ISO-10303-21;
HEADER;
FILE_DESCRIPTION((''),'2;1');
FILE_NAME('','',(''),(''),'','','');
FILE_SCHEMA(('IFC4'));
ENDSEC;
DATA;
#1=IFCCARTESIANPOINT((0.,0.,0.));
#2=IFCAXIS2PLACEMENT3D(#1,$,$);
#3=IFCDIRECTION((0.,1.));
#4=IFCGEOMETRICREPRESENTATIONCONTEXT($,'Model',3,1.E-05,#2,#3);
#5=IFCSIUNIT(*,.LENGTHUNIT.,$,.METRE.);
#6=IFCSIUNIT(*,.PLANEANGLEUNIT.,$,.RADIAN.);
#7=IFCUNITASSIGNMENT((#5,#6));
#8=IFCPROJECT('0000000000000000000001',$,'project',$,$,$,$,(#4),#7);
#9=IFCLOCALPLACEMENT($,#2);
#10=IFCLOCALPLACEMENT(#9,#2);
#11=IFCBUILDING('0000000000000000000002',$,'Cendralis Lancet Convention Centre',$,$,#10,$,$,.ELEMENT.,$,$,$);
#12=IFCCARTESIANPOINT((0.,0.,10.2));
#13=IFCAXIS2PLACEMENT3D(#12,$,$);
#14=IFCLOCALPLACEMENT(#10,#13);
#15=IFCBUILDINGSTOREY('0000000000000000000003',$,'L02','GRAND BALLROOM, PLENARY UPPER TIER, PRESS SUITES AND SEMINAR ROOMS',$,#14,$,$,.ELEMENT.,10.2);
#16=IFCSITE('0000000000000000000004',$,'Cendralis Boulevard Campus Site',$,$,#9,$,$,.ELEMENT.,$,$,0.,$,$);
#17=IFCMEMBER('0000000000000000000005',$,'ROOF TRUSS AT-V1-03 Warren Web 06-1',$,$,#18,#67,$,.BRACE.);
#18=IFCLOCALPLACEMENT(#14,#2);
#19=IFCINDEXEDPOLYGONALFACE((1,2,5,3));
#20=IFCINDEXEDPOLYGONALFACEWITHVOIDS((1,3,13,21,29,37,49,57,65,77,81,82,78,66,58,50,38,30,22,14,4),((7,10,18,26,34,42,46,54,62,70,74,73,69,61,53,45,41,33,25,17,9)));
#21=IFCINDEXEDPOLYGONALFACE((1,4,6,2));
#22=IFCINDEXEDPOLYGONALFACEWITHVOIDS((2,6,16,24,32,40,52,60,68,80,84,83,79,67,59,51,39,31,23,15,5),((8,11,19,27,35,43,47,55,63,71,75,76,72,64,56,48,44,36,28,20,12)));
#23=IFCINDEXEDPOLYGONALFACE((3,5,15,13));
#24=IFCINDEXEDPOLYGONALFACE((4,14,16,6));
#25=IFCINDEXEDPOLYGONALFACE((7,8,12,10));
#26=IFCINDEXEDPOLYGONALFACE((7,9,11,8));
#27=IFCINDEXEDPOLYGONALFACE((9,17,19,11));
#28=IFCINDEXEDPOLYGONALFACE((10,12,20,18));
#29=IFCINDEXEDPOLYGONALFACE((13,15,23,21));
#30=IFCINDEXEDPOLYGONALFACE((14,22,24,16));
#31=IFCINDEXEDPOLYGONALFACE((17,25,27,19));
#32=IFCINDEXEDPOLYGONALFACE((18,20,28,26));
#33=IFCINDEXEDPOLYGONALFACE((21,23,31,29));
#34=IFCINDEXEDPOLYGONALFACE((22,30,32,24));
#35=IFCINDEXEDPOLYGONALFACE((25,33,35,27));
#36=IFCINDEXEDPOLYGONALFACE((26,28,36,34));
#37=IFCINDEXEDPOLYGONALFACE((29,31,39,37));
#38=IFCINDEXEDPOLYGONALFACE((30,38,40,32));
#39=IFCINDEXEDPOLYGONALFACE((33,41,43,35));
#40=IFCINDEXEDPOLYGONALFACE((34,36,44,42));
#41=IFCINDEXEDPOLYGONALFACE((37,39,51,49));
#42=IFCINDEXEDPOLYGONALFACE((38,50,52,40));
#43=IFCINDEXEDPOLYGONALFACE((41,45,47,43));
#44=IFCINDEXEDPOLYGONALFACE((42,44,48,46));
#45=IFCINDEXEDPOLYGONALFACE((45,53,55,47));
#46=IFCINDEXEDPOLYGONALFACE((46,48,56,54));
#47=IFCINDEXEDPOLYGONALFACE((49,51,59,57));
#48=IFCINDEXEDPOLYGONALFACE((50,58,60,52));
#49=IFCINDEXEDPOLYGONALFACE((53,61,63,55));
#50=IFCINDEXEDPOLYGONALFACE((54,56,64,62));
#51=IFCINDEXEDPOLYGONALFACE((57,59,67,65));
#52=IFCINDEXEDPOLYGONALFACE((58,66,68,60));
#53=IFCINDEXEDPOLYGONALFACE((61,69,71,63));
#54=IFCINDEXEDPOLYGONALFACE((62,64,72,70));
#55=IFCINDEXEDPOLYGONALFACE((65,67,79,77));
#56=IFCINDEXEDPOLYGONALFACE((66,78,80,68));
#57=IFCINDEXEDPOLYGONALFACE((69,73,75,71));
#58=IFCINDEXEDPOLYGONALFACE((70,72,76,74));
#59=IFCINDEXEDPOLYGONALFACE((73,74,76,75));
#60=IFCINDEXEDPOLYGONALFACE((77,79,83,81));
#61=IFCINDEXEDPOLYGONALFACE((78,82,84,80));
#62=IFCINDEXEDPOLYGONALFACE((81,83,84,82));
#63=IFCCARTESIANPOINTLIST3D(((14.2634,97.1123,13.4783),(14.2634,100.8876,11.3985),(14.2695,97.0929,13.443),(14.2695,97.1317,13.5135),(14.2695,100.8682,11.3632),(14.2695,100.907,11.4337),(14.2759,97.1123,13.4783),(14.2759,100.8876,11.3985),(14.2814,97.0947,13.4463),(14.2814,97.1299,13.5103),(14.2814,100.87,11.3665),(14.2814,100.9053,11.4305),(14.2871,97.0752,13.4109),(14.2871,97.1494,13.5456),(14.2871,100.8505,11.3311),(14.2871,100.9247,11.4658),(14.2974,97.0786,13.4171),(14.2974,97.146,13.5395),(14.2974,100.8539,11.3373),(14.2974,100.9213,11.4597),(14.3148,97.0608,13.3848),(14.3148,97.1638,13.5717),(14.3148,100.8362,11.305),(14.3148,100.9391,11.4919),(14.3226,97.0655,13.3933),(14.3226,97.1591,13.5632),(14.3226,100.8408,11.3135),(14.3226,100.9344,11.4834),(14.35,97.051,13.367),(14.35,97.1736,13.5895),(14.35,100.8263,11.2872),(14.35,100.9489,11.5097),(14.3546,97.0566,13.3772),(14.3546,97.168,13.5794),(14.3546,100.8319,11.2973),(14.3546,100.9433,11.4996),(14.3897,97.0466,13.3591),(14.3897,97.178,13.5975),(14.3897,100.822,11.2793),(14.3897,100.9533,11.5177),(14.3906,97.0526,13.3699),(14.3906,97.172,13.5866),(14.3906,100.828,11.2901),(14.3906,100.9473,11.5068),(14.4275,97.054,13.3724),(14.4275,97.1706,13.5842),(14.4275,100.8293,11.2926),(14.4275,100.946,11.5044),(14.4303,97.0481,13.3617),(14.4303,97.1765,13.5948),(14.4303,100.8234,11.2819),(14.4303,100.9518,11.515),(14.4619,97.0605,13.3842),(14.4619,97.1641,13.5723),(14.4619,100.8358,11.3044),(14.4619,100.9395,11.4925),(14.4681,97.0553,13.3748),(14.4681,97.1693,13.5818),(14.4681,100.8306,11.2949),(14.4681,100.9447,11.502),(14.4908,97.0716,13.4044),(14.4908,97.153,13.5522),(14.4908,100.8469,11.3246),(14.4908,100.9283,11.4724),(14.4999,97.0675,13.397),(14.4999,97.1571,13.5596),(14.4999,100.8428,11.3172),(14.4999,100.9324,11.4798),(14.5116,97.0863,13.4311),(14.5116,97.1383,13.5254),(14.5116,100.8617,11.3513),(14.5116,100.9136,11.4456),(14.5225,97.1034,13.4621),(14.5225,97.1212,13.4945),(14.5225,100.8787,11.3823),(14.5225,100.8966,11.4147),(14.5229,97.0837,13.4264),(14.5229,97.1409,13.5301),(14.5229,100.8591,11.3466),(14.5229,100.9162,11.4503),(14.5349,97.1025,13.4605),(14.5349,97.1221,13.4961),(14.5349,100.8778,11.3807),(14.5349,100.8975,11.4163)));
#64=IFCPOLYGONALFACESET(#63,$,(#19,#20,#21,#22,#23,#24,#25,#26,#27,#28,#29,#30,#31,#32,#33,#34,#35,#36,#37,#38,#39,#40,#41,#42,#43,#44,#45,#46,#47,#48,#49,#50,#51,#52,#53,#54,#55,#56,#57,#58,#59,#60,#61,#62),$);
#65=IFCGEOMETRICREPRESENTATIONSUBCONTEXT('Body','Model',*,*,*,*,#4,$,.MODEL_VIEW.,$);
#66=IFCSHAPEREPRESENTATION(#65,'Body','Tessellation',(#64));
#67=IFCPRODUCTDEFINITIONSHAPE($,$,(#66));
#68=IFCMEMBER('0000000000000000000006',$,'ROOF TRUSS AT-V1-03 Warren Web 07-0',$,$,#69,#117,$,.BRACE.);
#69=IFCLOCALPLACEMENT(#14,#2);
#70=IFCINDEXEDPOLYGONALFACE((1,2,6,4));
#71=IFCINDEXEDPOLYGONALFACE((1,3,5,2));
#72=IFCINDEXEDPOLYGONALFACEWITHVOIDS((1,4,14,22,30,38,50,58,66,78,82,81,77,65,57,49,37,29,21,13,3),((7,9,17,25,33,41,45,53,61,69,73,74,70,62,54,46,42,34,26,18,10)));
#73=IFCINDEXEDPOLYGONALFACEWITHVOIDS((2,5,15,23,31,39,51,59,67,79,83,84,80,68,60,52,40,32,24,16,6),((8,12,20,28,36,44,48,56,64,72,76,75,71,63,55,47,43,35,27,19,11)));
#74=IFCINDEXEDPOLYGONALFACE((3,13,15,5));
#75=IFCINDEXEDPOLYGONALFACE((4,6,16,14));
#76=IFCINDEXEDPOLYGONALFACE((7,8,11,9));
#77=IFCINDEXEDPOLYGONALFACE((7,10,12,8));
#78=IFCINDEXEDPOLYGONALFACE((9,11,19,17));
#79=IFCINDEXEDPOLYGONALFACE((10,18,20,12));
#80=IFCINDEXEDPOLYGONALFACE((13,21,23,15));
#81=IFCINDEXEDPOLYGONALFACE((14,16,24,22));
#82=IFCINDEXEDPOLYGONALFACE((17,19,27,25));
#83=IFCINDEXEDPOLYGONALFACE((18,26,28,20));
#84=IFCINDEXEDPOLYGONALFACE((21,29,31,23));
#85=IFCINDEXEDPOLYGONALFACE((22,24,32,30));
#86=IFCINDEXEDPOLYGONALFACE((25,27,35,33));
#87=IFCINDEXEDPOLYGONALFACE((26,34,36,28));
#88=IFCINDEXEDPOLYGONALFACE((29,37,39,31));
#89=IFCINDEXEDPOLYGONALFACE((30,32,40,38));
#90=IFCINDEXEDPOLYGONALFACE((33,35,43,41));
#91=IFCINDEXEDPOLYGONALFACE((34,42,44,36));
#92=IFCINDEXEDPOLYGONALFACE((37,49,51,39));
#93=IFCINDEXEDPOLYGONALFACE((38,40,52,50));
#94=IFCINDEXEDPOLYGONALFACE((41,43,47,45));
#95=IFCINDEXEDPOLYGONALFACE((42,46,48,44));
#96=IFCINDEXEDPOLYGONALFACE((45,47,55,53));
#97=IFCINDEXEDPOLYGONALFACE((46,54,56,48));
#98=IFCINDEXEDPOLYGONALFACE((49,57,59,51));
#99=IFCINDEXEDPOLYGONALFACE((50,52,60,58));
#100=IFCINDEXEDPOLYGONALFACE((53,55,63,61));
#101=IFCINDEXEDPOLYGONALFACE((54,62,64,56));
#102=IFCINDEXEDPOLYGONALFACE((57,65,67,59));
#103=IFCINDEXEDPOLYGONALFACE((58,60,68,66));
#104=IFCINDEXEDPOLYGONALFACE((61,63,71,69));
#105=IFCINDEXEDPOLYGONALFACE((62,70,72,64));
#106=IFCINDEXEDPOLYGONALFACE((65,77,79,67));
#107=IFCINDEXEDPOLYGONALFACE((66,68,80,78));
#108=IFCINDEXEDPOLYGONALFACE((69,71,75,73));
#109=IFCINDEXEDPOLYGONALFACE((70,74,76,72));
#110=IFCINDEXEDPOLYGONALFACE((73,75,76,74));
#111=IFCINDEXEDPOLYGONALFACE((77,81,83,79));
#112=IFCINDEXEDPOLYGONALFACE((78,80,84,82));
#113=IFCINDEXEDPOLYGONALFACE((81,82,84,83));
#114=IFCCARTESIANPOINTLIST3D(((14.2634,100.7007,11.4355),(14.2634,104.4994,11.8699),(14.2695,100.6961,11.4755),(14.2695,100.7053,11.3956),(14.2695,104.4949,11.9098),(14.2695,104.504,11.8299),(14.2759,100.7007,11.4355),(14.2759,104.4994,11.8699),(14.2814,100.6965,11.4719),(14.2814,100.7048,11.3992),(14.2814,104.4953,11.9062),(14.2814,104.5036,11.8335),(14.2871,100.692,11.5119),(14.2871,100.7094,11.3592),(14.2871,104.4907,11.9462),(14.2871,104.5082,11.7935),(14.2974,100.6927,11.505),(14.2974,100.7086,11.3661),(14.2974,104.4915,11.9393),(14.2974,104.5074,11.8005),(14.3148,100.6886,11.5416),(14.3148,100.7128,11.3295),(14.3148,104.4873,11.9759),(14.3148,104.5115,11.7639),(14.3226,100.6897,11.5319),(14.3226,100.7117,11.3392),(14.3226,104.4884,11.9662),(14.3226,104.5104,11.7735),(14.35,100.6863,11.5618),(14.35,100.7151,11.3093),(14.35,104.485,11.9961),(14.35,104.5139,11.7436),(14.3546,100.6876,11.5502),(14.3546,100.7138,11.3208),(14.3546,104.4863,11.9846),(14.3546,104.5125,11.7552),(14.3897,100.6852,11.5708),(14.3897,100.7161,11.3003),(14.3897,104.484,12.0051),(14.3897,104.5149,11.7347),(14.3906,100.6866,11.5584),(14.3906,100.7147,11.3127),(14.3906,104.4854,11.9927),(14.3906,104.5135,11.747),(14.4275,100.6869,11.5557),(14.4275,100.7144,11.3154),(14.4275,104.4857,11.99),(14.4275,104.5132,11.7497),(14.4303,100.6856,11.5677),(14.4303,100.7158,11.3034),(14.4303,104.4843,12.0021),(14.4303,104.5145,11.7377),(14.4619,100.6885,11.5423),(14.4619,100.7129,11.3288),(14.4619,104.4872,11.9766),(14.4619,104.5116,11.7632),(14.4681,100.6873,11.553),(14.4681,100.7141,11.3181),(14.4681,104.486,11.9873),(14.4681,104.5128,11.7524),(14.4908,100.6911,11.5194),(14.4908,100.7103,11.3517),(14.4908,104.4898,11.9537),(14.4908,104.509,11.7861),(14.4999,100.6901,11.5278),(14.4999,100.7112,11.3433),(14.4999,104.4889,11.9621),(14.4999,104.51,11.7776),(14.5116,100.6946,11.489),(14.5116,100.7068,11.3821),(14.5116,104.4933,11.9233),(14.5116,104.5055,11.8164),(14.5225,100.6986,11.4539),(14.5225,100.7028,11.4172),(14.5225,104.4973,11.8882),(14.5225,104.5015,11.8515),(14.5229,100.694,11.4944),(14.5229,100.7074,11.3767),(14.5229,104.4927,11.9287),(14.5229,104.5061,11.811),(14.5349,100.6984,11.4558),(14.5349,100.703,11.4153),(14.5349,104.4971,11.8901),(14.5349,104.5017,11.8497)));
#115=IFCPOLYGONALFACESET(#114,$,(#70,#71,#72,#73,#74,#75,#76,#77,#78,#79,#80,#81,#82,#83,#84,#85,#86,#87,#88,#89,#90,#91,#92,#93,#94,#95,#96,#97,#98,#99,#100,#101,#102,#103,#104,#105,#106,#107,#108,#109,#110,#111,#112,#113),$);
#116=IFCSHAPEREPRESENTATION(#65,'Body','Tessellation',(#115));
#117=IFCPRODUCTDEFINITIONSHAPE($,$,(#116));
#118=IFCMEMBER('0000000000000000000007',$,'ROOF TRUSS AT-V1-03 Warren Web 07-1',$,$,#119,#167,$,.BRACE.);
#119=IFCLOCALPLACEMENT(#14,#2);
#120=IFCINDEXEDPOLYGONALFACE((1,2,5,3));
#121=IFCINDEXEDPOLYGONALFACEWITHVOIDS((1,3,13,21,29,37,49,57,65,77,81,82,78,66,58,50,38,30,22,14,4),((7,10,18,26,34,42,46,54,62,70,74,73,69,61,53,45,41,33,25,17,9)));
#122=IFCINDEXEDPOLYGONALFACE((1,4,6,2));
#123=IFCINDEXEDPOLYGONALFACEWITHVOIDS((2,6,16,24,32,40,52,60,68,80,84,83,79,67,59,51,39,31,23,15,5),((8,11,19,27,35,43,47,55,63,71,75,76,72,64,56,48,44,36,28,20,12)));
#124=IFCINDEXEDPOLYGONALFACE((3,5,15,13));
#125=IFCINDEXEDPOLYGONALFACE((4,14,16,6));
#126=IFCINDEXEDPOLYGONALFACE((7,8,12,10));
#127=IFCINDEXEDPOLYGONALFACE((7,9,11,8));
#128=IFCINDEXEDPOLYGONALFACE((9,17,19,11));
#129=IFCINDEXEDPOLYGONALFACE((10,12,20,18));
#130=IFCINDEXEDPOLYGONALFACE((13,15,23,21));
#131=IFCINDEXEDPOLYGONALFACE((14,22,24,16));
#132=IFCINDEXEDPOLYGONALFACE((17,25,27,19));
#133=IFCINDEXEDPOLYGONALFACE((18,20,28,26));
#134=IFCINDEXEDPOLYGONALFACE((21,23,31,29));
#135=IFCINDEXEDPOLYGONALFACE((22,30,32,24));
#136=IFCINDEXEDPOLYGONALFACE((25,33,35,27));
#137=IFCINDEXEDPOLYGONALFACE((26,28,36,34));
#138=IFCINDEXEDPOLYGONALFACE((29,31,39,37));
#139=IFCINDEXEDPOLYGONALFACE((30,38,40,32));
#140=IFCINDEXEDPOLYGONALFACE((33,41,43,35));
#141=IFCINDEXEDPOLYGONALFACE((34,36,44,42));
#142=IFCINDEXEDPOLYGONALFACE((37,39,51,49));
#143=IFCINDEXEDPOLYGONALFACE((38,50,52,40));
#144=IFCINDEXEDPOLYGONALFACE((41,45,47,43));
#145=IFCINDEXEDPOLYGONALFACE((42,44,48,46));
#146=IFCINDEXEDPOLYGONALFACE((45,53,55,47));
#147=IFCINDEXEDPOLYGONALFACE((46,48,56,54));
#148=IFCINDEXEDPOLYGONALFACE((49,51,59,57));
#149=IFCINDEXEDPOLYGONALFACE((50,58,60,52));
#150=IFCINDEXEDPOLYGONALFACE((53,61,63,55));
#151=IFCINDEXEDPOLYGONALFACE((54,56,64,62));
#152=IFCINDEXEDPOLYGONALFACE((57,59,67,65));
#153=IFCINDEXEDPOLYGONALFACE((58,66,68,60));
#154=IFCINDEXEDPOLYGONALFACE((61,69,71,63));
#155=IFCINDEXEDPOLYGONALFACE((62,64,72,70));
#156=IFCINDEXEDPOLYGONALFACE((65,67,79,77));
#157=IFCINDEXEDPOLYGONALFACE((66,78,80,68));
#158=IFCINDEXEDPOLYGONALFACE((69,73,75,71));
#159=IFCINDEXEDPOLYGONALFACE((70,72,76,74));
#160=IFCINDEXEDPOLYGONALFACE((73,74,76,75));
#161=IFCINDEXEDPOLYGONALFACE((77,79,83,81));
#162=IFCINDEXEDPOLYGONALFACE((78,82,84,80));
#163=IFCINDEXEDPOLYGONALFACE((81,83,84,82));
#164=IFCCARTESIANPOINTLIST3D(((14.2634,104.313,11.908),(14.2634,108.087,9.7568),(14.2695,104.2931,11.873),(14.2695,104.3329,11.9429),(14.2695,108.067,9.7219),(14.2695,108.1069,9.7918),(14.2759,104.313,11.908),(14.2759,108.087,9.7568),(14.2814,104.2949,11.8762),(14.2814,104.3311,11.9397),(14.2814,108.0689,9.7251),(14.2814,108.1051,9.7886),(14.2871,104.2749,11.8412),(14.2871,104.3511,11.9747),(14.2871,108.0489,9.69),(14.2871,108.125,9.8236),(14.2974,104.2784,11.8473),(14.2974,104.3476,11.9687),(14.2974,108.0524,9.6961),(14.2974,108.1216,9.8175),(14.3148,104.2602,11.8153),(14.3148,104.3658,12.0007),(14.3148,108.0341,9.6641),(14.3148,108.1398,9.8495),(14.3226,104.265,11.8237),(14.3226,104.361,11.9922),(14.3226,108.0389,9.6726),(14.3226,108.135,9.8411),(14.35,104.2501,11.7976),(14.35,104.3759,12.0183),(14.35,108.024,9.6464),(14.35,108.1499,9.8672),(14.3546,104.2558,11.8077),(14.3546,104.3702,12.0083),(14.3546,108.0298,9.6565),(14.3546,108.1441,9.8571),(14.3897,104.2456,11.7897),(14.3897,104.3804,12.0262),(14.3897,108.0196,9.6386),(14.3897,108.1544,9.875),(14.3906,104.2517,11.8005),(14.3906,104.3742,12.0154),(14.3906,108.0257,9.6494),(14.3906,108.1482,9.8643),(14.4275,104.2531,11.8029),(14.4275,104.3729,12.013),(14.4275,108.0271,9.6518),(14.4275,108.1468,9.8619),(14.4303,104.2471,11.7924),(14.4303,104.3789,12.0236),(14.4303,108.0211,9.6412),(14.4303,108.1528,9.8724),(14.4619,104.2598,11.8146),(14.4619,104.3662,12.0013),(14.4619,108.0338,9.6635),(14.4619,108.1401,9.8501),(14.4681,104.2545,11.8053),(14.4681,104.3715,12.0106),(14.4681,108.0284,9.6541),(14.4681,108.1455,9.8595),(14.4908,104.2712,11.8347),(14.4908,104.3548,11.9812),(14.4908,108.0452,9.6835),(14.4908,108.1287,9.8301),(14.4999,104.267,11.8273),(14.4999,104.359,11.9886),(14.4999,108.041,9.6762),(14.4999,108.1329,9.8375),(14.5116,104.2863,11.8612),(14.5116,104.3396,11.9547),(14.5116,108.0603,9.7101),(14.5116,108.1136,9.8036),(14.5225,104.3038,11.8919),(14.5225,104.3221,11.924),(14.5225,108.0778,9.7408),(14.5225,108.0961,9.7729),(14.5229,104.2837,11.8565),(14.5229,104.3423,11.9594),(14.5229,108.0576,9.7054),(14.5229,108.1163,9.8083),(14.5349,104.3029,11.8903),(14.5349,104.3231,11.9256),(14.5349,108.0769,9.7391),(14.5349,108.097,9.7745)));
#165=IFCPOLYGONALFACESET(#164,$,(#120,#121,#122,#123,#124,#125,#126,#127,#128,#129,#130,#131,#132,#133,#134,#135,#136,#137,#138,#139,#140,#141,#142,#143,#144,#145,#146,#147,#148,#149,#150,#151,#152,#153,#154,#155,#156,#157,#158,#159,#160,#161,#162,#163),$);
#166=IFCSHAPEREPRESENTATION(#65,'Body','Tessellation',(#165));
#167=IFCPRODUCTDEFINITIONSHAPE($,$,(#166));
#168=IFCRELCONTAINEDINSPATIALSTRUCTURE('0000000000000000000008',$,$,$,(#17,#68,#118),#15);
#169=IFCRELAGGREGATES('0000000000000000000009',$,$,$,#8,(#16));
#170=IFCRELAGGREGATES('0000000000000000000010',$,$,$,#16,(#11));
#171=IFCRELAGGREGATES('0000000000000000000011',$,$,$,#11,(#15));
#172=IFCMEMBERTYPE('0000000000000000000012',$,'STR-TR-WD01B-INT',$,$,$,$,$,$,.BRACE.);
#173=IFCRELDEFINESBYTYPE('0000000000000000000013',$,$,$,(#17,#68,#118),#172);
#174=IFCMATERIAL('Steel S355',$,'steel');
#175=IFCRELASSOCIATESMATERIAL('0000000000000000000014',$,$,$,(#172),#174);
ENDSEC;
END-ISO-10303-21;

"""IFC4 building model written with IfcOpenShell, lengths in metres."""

from ifc_helpers import new_model, si_unit, direction, frame, origin, origin_2d, place, context, subcontext, project, spatial, hollow_circle, extrude, material, material_profile, profile_set, type_object, element, save


model = new_model("IFC4")

# Units and contexts
model_context = context("Model", 3, precision=1e-05, world=origin(), true_north=direction((0.0, 1.0)))
body_context = subcontext(model_context, "Body", "Model", "MODEL_VIEW")
ifc_project = project(units=[si_unit("LENGTHUNIT", "METRE"), si_unit("PLANEANGLEUNIT", "RADIAN")], contexts=[model_context])

# Site, building, storey
site_placement = place(None, origin())
site = spatial("IfcSite", under=ifc_project, at=site_placement, Name="Cendralis Boulevard Campus Site", CompositionType="ELEMENT", RefElevation=0.0)
building_placement = place(site_placement, origin())
building = spatial("IfcBuilding", under=site, at=building_placement, Name="Cendralis Lancet Convention Centre", CompositionType="ELEMENT")
storey_placement = place(building_placement, frame((0.0, 0.0, 10.2)))
storey = spatial("IfcBuildingStorey", under=building, at=storey_placement, Name="L02", Description="GRAND BALLROOM, PLENARY UPPER TIER, PRESS SUITES AND SEMINAR ROOMS", CompositionType="ELEMENT", Elevation=10.2)

# Members
ifc_material = material(Name="Steel S355", Category="steel")
ifc_material_profile_1 = material_profile(ifc_material, hollow_circle(Radius=0.1365, WallThickness=0.0125, at=origin_2d()), Name="CHS 273.0x12.5")
ifc_profile_set_1 = profile_set([ifc_material_profile_1], Name="Steel S355")
member_type_1 = type_object("IfcMemberType", Name="STR-TR-WD01B-INT", PredefinedType="BRACE", material=ifc_profile_set_1)
member_1_placement = place(storey_placement, frame((14.3999, 97.1123, 13.4783), z_axis=(0.0, 0.875886, -0.482519), x_axis=(-1.0, 0.0, 0.0)))
element("IfcMember", 1, at=member_1_placement, inside=storey, type_object=member_type_1, Name="ROOF TRUSS AT-V1-03 Warren Web 06-1", PredefinedType="BRACE", context=body_context, shape_type="SweptSolid", body=[
    extrude(hollow_circle(Radius=0.1365, WallThickness=0.0125, at=origin_2d()), origin(), (0.0, 0.0, 1.0), 4.3103),
])
member_2_placement = place(storey_placement, frame((14.3999, 100.7007, 11.4355), z_axis=(0.0, 0.993528, 0.113592), x_axis=(-1.0, 0.0, 0.0)))
element("IfcMember", 2, at=member_2_placement, inside=storey, type_object=member_type_1, Name="ROOF TRUSS AT-V1-03 Warren Web 07-0", PredefinedType="BRACE", context=body_context, shape_type="SweptSolid", body=[
    extrude(hollow_circle(Radius=0.1365, WallThickness=0.0125, at=origin_2d()), origin(), (0.0, 0.0, 1.0), 3.8235),
])
member_3_placement = place(storey_placement, frame((14.3999, 104.313, 11.908), z_axis=(0.0, 0.868779, -0.4952), x_axis=(-1.0, 0.0, 0.0)))
element("IfcMember", 3, at=member_3_placement, inside=storey, type_object=member_type_1, Name="ROOF TRUSS AT-V1-03 Warren Web 07-1", PredefinedType="BRACE", context=body_context, shape_type="SweptSolid", body=[
    extrude(hollow_circle(Radius=0.1365, WallThickness=0.0125, at=origin_2d()), origin(), (0.0, 0.0, 1.0), 4.344),
])

save(model, "model.ifc")
